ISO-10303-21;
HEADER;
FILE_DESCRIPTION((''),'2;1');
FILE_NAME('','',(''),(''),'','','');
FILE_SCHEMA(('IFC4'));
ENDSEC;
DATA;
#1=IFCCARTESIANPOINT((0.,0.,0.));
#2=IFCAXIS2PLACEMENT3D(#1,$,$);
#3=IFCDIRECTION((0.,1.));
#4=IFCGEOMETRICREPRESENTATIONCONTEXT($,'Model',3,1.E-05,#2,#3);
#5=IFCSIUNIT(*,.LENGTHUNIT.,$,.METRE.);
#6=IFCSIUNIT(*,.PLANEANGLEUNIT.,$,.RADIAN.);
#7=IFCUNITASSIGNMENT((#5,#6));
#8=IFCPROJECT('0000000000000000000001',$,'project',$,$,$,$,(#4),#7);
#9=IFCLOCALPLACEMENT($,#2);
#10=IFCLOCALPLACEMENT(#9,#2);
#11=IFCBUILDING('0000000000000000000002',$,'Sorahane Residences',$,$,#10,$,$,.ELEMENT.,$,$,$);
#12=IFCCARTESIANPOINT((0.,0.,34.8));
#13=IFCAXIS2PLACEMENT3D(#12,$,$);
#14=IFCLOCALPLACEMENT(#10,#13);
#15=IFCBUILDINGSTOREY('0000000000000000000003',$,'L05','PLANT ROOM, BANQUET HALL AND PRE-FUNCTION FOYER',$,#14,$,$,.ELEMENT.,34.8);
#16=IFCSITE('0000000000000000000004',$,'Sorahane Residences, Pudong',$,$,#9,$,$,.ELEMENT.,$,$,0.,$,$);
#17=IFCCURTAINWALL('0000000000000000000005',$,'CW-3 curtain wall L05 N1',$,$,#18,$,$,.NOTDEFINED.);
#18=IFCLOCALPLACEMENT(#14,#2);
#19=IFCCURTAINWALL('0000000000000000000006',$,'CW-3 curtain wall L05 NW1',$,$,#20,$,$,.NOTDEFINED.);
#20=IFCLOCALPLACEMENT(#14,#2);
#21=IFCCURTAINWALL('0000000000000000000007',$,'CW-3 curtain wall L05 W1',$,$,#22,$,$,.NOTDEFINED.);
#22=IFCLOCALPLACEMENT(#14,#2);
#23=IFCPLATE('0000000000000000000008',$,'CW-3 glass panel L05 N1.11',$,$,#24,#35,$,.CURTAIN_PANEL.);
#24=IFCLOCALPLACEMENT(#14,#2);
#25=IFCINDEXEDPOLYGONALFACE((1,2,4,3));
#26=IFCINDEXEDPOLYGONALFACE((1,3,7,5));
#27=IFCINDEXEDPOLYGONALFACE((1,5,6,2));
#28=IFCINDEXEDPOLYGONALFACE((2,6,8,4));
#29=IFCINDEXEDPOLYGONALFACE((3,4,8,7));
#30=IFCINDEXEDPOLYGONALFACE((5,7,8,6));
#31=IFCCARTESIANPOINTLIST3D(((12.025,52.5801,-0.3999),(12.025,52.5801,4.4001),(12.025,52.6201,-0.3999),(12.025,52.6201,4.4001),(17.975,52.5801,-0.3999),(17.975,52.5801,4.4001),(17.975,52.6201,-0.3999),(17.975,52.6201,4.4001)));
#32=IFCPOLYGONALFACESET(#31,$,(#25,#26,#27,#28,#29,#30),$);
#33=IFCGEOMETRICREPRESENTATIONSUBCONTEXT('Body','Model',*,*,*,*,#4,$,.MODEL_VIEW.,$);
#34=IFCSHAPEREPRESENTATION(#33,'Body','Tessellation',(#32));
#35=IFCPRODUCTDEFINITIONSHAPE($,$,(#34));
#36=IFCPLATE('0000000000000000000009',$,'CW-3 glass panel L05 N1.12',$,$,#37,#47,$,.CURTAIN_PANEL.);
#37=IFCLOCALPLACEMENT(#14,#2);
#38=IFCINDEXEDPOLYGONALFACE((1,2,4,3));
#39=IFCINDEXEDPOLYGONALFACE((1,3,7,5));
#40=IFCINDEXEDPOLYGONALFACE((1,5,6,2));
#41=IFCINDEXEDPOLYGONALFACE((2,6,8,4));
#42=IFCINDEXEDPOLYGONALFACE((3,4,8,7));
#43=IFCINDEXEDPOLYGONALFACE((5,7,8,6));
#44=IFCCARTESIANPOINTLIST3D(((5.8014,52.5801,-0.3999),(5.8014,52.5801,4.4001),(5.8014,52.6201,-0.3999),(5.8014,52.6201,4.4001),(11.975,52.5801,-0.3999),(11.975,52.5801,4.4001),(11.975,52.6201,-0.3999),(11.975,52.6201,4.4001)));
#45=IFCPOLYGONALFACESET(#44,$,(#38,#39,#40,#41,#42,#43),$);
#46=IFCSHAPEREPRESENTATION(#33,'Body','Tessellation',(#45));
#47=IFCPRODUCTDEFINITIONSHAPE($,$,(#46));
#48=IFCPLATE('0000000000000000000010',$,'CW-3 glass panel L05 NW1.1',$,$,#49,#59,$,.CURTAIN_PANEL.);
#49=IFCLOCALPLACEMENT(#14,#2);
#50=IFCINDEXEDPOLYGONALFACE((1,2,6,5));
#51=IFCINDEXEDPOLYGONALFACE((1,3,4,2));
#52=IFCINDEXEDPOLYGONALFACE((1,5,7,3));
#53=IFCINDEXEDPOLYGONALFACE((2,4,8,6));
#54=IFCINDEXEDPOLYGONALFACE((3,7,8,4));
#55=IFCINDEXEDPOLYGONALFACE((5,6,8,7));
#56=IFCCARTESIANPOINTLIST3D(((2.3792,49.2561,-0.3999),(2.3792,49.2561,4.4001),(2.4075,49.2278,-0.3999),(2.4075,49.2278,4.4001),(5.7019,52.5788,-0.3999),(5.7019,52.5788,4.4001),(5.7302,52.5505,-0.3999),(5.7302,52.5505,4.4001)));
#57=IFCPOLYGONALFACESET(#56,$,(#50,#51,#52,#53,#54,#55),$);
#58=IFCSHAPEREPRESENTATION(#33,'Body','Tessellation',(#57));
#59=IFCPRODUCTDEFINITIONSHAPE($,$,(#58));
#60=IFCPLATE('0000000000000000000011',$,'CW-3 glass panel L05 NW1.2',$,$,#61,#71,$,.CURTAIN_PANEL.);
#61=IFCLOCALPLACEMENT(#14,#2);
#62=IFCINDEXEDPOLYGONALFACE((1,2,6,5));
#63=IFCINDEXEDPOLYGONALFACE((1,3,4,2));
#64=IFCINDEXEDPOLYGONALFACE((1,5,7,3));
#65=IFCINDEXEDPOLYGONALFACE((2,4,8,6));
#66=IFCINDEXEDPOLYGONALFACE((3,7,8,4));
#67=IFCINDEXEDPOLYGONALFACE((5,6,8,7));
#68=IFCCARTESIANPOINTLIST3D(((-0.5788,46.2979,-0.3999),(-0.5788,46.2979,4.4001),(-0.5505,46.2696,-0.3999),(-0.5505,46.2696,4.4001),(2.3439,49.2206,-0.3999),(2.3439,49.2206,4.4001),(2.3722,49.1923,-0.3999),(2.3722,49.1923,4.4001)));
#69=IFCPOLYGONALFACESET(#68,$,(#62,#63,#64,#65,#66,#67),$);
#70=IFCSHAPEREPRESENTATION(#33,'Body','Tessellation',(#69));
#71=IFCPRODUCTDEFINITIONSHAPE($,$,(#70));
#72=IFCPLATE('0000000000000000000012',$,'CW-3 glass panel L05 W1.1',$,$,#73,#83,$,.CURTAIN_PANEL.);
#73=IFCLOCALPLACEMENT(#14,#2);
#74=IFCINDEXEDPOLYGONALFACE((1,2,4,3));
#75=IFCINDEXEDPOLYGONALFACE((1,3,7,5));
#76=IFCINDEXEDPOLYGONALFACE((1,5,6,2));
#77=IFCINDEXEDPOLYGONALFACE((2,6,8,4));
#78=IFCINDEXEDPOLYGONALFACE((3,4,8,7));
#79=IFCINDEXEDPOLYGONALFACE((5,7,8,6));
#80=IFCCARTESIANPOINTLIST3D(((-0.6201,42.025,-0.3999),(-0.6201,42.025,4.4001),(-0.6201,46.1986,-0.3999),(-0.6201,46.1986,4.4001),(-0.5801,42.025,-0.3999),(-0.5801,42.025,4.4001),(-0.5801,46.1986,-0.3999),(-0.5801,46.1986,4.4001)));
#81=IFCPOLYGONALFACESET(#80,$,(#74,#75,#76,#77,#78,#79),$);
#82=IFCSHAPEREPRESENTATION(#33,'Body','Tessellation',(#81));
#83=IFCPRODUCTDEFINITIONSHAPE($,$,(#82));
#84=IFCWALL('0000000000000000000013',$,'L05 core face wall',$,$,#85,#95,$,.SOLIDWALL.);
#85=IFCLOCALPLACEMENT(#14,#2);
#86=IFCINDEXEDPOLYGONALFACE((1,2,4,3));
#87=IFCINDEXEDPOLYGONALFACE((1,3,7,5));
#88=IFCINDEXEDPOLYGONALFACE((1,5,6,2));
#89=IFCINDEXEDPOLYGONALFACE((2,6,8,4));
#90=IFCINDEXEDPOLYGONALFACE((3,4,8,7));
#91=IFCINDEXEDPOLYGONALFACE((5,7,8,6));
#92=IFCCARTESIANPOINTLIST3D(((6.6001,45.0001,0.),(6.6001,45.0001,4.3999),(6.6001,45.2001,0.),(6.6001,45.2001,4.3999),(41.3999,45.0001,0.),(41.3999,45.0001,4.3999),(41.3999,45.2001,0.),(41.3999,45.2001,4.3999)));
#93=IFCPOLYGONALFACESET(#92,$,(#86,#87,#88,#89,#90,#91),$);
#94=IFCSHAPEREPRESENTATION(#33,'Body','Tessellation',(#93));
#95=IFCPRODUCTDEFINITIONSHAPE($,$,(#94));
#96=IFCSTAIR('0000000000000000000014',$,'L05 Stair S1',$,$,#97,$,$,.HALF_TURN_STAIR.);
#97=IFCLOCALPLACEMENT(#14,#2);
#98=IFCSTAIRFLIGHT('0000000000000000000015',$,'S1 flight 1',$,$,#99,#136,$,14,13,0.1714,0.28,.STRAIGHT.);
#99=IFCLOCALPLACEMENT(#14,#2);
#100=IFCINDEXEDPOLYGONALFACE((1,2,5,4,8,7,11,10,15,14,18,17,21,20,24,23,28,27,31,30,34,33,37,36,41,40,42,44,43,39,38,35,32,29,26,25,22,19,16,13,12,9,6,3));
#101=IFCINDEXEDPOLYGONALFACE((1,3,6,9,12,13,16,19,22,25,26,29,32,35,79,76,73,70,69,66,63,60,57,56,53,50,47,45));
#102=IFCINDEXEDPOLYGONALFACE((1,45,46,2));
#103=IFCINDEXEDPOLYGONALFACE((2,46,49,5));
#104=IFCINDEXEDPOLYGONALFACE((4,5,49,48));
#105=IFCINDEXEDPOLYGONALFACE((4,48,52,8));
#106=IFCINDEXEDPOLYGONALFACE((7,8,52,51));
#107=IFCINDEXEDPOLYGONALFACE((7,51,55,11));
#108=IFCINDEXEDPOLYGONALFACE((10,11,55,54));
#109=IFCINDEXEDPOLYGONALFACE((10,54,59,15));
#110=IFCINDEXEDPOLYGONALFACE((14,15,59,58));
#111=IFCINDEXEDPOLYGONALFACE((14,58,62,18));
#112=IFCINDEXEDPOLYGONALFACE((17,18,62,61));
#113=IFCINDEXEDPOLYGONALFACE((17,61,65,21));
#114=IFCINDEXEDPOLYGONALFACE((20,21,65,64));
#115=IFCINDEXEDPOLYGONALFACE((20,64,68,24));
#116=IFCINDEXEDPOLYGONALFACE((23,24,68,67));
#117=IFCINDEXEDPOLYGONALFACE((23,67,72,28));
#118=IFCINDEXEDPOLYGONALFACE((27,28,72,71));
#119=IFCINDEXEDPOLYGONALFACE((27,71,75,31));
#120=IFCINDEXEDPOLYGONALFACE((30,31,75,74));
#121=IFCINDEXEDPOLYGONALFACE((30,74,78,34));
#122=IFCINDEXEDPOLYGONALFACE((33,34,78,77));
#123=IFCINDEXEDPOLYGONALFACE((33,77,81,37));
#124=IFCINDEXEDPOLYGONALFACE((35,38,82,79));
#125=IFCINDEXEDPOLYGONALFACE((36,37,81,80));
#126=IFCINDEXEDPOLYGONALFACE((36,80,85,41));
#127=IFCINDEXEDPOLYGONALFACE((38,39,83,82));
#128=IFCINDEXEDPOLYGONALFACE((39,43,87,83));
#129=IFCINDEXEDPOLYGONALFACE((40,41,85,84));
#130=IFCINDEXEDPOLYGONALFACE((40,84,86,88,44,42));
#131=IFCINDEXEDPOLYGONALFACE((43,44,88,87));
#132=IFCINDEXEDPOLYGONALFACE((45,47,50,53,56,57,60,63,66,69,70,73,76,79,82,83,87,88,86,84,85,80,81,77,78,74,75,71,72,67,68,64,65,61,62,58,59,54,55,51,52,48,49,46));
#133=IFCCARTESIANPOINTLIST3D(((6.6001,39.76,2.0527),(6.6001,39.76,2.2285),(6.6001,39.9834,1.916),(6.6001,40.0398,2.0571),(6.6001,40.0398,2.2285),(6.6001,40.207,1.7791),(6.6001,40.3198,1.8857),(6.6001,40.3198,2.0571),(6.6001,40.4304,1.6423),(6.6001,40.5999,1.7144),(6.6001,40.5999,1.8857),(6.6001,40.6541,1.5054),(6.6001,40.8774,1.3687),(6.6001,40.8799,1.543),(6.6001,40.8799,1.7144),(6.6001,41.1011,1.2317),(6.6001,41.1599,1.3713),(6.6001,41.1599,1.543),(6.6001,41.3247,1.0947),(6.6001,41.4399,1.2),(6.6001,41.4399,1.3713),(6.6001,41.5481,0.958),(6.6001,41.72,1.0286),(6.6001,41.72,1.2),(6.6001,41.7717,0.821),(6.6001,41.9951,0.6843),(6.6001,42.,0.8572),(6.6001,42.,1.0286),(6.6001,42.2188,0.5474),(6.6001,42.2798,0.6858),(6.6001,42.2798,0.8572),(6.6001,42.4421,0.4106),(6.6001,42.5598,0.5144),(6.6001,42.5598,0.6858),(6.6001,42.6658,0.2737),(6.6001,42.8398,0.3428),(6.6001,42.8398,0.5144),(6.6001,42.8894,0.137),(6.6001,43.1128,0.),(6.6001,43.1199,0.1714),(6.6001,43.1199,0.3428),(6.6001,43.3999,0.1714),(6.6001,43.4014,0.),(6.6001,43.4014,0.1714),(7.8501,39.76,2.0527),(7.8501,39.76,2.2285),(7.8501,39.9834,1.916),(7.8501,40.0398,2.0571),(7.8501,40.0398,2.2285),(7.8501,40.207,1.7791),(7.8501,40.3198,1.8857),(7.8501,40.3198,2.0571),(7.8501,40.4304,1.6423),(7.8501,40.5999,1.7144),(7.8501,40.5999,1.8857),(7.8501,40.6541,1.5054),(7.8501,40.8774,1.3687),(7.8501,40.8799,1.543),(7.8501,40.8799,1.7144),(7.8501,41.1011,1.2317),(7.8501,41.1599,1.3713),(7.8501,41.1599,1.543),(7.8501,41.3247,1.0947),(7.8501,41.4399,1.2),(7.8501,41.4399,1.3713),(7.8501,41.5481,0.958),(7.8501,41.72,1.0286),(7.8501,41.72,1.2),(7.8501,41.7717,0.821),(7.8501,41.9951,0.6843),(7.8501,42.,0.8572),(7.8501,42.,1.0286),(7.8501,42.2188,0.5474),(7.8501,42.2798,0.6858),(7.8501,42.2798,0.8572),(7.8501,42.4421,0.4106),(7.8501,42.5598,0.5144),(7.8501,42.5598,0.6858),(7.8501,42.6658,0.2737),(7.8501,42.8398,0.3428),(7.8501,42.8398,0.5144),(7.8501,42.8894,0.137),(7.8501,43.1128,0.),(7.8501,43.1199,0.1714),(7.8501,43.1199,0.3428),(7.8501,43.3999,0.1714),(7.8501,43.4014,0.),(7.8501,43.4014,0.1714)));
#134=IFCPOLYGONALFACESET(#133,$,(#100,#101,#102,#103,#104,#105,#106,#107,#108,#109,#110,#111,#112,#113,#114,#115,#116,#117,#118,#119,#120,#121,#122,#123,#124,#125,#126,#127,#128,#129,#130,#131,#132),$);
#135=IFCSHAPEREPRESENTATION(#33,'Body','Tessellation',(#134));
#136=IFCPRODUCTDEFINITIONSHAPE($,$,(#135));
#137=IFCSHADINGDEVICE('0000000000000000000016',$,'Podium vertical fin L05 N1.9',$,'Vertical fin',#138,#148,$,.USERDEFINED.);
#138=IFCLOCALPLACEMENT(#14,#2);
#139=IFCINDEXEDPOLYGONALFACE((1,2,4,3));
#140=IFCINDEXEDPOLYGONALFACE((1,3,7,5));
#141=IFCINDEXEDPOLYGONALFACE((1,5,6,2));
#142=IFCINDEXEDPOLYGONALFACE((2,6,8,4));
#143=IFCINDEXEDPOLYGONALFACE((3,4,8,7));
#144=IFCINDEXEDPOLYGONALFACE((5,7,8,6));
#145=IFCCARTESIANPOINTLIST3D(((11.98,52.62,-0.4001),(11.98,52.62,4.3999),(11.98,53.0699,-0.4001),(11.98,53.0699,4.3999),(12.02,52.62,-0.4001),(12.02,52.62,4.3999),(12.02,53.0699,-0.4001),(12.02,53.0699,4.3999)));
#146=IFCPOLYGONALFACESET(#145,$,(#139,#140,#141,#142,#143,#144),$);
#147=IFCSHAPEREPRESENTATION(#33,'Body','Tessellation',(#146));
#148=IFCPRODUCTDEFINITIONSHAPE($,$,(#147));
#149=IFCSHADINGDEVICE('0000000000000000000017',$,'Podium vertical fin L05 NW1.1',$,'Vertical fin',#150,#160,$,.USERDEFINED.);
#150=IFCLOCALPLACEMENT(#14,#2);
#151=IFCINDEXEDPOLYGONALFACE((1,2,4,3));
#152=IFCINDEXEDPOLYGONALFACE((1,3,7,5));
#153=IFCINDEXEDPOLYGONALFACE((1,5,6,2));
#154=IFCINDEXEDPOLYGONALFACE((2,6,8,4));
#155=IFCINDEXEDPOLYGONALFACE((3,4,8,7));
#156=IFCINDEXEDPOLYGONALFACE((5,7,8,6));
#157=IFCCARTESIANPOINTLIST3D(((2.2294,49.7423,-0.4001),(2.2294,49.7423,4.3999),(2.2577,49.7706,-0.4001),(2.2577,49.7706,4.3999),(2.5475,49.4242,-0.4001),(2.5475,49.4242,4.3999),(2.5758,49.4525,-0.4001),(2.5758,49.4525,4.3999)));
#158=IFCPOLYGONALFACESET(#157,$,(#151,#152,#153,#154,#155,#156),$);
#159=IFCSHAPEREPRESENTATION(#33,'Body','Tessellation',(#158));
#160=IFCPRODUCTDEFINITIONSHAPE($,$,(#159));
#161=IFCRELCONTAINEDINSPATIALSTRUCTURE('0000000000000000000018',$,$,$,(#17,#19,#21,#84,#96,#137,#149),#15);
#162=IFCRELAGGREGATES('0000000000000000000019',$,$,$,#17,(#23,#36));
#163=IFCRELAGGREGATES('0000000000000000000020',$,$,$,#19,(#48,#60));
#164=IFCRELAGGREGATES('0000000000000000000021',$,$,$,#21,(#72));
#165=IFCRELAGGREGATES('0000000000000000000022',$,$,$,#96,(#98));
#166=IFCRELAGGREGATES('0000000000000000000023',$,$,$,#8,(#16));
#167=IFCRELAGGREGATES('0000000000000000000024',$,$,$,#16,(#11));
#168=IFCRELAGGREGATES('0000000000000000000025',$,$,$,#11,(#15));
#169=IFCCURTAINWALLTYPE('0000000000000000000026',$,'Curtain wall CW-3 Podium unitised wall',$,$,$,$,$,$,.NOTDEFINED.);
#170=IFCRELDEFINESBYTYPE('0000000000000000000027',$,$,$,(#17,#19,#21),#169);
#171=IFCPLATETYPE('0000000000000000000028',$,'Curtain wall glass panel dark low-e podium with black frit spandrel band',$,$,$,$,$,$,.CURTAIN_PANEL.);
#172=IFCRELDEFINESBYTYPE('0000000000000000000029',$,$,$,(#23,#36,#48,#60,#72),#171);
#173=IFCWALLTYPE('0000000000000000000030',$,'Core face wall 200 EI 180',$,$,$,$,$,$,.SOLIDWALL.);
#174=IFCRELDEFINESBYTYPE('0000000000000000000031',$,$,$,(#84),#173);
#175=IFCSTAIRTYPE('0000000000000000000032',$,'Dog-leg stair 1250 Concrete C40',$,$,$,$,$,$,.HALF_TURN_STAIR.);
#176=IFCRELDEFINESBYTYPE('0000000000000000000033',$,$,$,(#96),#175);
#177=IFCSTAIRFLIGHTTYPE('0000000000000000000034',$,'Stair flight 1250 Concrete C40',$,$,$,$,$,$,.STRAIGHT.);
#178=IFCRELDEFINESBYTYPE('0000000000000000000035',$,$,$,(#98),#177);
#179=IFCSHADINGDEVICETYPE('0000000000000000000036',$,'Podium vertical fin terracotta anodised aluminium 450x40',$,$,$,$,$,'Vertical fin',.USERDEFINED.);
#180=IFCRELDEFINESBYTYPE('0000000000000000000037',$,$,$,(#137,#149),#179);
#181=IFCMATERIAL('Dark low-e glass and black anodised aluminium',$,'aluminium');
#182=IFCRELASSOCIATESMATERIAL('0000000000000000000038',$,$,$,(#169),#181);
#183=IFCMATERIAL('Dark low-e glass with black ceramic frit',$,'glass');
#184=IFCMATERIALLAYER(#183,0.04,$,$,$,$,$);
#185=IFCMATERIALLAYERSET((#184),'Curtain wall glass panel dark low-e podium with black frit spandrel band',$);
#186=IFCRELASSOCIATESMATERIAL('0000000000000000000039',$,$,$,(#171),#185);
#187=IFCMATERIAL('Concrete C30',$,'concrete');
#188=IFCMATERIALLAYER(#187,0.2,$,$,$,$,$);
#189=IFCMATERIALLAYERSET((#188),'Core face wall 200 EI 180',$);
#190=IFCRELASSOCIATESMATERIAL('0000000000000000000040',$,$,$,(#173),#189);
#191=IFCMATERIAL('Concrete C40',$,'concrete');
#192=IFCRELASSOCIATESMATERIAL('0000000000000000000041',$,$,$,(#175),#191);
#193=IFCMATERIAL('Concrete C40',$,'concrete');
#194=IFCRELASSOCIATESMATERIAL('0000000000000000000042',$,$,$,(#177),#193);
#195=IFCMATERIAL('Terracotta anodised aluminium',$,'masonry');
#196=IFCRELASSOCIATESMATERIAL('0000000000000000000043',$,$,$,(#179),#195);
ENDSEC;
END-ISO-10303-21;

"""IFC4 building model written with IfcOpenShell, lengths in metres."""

from ifc_helpers import new_model, si_unit, direction, frame, frame_2d, origin, origin_2d, place, context, subcontext, project, spatial, polyline, rectangle, outline, extrude, material, layer, layer_set, material_profile, profile_set, type_object, element, aggregate, save


model = new_model("IFC4")

# Units and contexts
model_context = context("Model", 3, precision=1e-05, world=origin(), true_north=direction((0.0, 1.0)))
body_context = subcontext(model_context, "Body", "Model", "MODEL_VIEW")
ifc_project = project(units=[si_unit("LENGTHUNIT", "METRE"), si_unit("PLANEANGLEUNIT", "RADIAN")], contexts=[model_context])

# Site, building, storey
site_placement = place(None, origin())
site = spatial("IfcSite", under=ifc_project, at=site_placement, Name="Sorahane Residences, Pudong", CompositionType="ELEMENT", RefElevation=0.0)
building_placement = place(site_placement, origin())
building = spatial("IfcBuilding", under=site, at=building_placement, Name="Sorahane Residences", CompositionType="ELEMENT")
storey_placement = place(building_placement, frame((0.0, 0.0, 34.8)))
storey = spatial("IfcBuildingStorey", under=building, at=storey_placement, Name="L05", Description="PLANT ROOM, BANQUET HALL AND PRE-FUNCTION FOYER", CompositionType="ELEMENT", Elevation=34.8)

# Curtain walls
ifc_material_1 = material(Name="Dark low-e glass and black anodised aluminium", Category="aluminium")
curtain_wall_type = type_object("IfcCurtainWallType", Name="Curtain wall CW-3 Podium unitised wall", PredefinedType="NOTDEFINED", material=ifc_material_1)
curtain_wall_1_placement = place(storey_placement, origin())
curtain_wall_1 = element("IfcCurtainWall", 1, at=curtain_wall_1_placement, inside=storey, type_object=curtain_wall_type, Name="CW-3 curtain wall L05 N1", PredefinedType="NOTDEFINED")
curtain_wall_2_placement = place(storey_placement, origin())
curtain_wall_2 = element("IfcCurtainWall", 2, at=curtain_wall_2_placement, inside=storey, type_object=curtain_wall_type, Name="CW-3 curtain wall L05 NW1", PredefinedType="NOTDEFINED")

# Curtain wall
curtain_wall_3_placement = place(storey_placement, origin())
curtain_wall_3 = element("IfcCurtainWall", 3, at=curtain_wall_3_placement, inside=storey, type_object=curtain_wall_type, Name="CW-3 curtain wall L05 W1", PredefinedType="NOTDEFINED")

# Plates
ifc_material_2 = material(Name="Dark low-e glass with black ceramic frit", Category="glass")
ifc_layer_1 = layer(ifc_material_2, 0.04)
ifc_layer_set_1 = layer_set([ifc_layer_1], Name="Curtain wall glass panel dark low-e podium with black frit spandrel band")
plate_type = type_object("IfcPlateType", Name="Curtain wall glass panel dark low-e podium with black frit spandrel band", PredefinedType="CURTAIN_PANEL", material=ifc_layer_set_1)
plate_1_placement = place(storey_placement, frame((15.0, 52.6001, -0.3999), z_axis=(0.0, 0.0, 1.0), x_axis=(-1.0, 0.0, 0.0)))
plate_1 = element("IfcPlate", 4, at=plate_1_placement, type_object=plate_type, Name="CW-3 glass panel L05 N1.11", PredefinedType="CURTAIN_PANEL", context=body_context, shape_type="SweptSolid", body=[
    extrude(rectangle(XDim=5.95, YDim=0.04, at=origin_2d()), origin(), (0.0, 0.0, 1.0), 4.8),
])
plate_2_placement = place(storey_placement, frame((8.8882, 52.6001, -0.3999), z_axis=(0.0, 0.0, 1.0), x_axis=(-1.0, 0.0, 0.0)))
plate_2 = element("IfcPlate", 5, at=plate_2_placement, type_object=plate_type, Name="CW-3 glass panel L05 N1.12", PredefinedType="CURTAIN_PANEL", context=body_context, shape_type="SweptSolid", body=[
    extrude(rectangle(XDim=6.1736, YDim=0.04, at=origin_2d()), origin(), (0.0, 0.0, 1.0), 4.8),
])
aggregate(curtain_wall_1, [plate_1, plate_2])
plate_3_placement = place(storey_placement, frame((4.0547, 50.9033, -0.3999), z_axis=(0.0, 0.0, 1.0), x_axis=(-0.707107, -0.707107, 0.0)))
plate_3 = element("IfcPlate", 6, at=plate_3_placement, type_object=plate_type, Name="CW-3 glass panel L05 NW1.1", PredefinedType="CURTAIN_PANEL", context=body_context, shape_type="SweptSolid", body=[
    extrude(rectangle(XDim=4.699, YDim=0.04, at=origin_2d()), origin(), (0.0, 0.0, 1.0), 4.8),
])
plate_4_placement = place(storey_placement, frame((0.8967, 47.7451, -0.3999), z_axis=(0.0, 0.0, 1.0), x_axis=(-0.707107, -0.707107, 0.0)))
plate_4 = element("IfcPlate", 7, at=plate_4_placement, type_object=plate_type, Name="CW-3 glass panel L05 NW1.2", PredefinedType="CURTAIN_PANEL", context=body_context, shape_type="SweptSolid", body=[
    extrude(rectangle(XDim=4.1333, YDim=0.04, at=origin_2d()), origin(), (0.0, 0.0, 1.0), 4.8),
])
aggregate(curtain_wall_2, [plate_3, plate_4])
plate_5_placement = place(storey_placement, frame((-0.6001, 44.1118, -0.3999), z_axis=(0.0, 0.0, 1.0), x_axis=(0.0, -1.0, 0.0)))
plate_5 = element("IfcPlate", 8, at=plate_5_placement, type_object=plate_type, Name="CW-3 glass panel L05 W1.1", PredefinedType="CURTAIN_PANEL", context=body_context, shape_type="SweptSolid", body=[
    extrude(rectangle(XDim=4.1736, YDim=0.04, at=origin_2d()), origin(), (0.0, 0.0, 1.0), 4.8),
])
aggregate(curtain_wall_3, [plate_5])

# Wall
ifc_material_3 = material(Name="Concrete C30", Category="concrete")
ifc_layer_2 = layer(ifc_material_3, 0.2)
ifc_layer_set_2 = layer_set([ifc_layer_2], Name="Core face wall 200 EI 180")
wall_type = type_object("IfcWallType", Name="Core face wall 200 EI 180", PredefinedType="SOLIDWALL", material=ifc_layer_set_2)
wall_placement = place(storey_placement, frame((6.6001, 45.1001, 0.0), z_axis=(0.0, 0.0, 1.0), x_axis=(1.0, 0.0, 0.0)))
element("IfcWall", 9, at=wall_placement, inside=storey, type_object=wall_type, Name="L05 core face wall", PredefinedType="SOLIDWALL", context=body_context, shape_type="SweptSolid", body=[
    extrude(rectangle(XDim=34.7998, YDim=0.2, at=frame_2d((17.3999, 0.0))), origin(), (0.0, 0.0, 1.0), 4.3999),
])

# Stair, stair flight
ifc_material_4 = material(Name="Concrete C40", Category="concrete")
stair_type = type_object("IfcStairType", Name="Dog-leg stair 1250 Concrete C40", PredefinedType="HALF_TURN_STAIR", material=ifc_material_4)
stair_placement = place(storey_placement, origin())
stair = element("IfcStair", 10, at=stair_placement, inside=storey, type_object=stair_type, Name="L05 Stair S1", PredefinedType="HALF_TURN_STAIR")
ifc_material_5 = material(Name="Concrete C40", Category="concrete")
stair_flight_type = type_object("IfcStairFlightType", Name="Stair flight 1250 Concrete C40", PredefinedType="STRAIGHT", material=ifc_material_5)
stair_flight_placement = place(storey_placement, frame((7.2251, 43.3999, 0.0), z_axis=(0.0, 0.0, 1.0), x_axis=(0.0, -1.0, 0.0)))
stair_flight = element("IfcStairFlight", 11, at=stair_flight_placement, type_object=stair_flight_type, Name="S1 flight 1", NumberOfRisers=14, NumberOfTreads=13, PredefinedType="STRAIGHT", RiserHeight=0.1714, TreadLength=0.28, context=body_context, shape_type="SweptSolid", body=[
    extrude(outline(polyline([(-0.0015, 0.0), (-0.0015, 0.1714), (0.0, 0.1714), (0.28, 0.1714), (0.28, 0.3428), (0.5601, 0.3428), (0.5601, 0.5144), (0.8401, 0.5144), (0.8401, 0.6858), (1.1201, 0.6858), (1.1201, 0.8572), (1.3999, 0.8572), (1.3999, 1.0286), (1.6799, 1.0286), (1.6799, 1.2), (1.96, 1.2), (1.96, 1.3713), (2.24, 1.3713), (2.24, 1.543), (2.52, 1.543), (2.52, 1.7144), (2.8, 1.7144), (2.8, 1.8857), (3.0801, 1.8857), (3.0801, 2.0571), (3.3601, 2.0571), (3.3601, 2.2285), (3.6399, 2.2285), (3.6399, 2.3999), (3.6399, 2.0527), (3.4165, 1.916), (3.1929, 1.7791), (2.9695, 1.6423), (2.7458, 1.5054), (2.5225, 1.3687), (2.2988, 1.2317), (2.0752, 1.0947), (1.8518, 0.958), (1.6282, 0.821), (1.4048, 0.6843), (1.1812, 0.5474), (0.9578, 0.4106), (0.7341, 0.2737), (0.5105, 0.137), (0.2871, 0.0), (-0.0015, 0.0)])), frame((0.0, 0.625, 0.0), z_axis=(0.0, -1.0, 0.0), x_axis=(1.0, 0.0, 0.0)), (0.0, 0.0, 1.0), 1.25),
])
aggregate(stair, [stair_flight])

# Shading devices
ifc_material_6 = material(Name="Terracotta anodised aluminium", Category="masonry")
ifc_material_profile_1 = material_profile(ifc_material_6, rectangle(XDim=0.45, YDim=0.04, at=origin_2d()), Name="Podium vertical fin terracotta anodised aluminium 450x40")
ifc_profile_set_1 = profile_set([ifc_material_profile_1], Name="Terracotta anodised aluminium")
shading_device_type = type_object("IfcShadingDeviceType", Name="Podium vertical fin terracotta anodised aluminium 450x40", ElementType="Vertical fin", PredefinedType="USERDEFINED", material=ifc_profile_set_1)
for number, where, z_axis, x_axis, name in (
    (12, (12.0, 52.845, -0.4001), (0.0, 0.0, 1.0), (0.0, 1.0, 0.0), "Podium vertical fin L05 N1.9"),
    (13, (2.4026, 49.5974, -0.4001), (0.0, 0.0, 1.0), (-0.707107, 0.707107, 0.0), "Podium vertical fin L05 NW1.1"),
):
    element("IfcShadingDevice", number, at=place(storey_placement, frame(where, z_axis=z_axis, x_axis=x_axis)), inside=storey, type_object=shading_device_type, Name=name, ObjectType="Vertical fin", PredefinedType="USERDEFINED", context=body_context, shape_type="SweptSolid", body=[
        extrude(rectangle(XDim=0.45, YDim=0.04, at=origin_2d()), origin(), (0.0, 0.0, 1.0), 4.8),
    ])

save(model, "model.ifc")
